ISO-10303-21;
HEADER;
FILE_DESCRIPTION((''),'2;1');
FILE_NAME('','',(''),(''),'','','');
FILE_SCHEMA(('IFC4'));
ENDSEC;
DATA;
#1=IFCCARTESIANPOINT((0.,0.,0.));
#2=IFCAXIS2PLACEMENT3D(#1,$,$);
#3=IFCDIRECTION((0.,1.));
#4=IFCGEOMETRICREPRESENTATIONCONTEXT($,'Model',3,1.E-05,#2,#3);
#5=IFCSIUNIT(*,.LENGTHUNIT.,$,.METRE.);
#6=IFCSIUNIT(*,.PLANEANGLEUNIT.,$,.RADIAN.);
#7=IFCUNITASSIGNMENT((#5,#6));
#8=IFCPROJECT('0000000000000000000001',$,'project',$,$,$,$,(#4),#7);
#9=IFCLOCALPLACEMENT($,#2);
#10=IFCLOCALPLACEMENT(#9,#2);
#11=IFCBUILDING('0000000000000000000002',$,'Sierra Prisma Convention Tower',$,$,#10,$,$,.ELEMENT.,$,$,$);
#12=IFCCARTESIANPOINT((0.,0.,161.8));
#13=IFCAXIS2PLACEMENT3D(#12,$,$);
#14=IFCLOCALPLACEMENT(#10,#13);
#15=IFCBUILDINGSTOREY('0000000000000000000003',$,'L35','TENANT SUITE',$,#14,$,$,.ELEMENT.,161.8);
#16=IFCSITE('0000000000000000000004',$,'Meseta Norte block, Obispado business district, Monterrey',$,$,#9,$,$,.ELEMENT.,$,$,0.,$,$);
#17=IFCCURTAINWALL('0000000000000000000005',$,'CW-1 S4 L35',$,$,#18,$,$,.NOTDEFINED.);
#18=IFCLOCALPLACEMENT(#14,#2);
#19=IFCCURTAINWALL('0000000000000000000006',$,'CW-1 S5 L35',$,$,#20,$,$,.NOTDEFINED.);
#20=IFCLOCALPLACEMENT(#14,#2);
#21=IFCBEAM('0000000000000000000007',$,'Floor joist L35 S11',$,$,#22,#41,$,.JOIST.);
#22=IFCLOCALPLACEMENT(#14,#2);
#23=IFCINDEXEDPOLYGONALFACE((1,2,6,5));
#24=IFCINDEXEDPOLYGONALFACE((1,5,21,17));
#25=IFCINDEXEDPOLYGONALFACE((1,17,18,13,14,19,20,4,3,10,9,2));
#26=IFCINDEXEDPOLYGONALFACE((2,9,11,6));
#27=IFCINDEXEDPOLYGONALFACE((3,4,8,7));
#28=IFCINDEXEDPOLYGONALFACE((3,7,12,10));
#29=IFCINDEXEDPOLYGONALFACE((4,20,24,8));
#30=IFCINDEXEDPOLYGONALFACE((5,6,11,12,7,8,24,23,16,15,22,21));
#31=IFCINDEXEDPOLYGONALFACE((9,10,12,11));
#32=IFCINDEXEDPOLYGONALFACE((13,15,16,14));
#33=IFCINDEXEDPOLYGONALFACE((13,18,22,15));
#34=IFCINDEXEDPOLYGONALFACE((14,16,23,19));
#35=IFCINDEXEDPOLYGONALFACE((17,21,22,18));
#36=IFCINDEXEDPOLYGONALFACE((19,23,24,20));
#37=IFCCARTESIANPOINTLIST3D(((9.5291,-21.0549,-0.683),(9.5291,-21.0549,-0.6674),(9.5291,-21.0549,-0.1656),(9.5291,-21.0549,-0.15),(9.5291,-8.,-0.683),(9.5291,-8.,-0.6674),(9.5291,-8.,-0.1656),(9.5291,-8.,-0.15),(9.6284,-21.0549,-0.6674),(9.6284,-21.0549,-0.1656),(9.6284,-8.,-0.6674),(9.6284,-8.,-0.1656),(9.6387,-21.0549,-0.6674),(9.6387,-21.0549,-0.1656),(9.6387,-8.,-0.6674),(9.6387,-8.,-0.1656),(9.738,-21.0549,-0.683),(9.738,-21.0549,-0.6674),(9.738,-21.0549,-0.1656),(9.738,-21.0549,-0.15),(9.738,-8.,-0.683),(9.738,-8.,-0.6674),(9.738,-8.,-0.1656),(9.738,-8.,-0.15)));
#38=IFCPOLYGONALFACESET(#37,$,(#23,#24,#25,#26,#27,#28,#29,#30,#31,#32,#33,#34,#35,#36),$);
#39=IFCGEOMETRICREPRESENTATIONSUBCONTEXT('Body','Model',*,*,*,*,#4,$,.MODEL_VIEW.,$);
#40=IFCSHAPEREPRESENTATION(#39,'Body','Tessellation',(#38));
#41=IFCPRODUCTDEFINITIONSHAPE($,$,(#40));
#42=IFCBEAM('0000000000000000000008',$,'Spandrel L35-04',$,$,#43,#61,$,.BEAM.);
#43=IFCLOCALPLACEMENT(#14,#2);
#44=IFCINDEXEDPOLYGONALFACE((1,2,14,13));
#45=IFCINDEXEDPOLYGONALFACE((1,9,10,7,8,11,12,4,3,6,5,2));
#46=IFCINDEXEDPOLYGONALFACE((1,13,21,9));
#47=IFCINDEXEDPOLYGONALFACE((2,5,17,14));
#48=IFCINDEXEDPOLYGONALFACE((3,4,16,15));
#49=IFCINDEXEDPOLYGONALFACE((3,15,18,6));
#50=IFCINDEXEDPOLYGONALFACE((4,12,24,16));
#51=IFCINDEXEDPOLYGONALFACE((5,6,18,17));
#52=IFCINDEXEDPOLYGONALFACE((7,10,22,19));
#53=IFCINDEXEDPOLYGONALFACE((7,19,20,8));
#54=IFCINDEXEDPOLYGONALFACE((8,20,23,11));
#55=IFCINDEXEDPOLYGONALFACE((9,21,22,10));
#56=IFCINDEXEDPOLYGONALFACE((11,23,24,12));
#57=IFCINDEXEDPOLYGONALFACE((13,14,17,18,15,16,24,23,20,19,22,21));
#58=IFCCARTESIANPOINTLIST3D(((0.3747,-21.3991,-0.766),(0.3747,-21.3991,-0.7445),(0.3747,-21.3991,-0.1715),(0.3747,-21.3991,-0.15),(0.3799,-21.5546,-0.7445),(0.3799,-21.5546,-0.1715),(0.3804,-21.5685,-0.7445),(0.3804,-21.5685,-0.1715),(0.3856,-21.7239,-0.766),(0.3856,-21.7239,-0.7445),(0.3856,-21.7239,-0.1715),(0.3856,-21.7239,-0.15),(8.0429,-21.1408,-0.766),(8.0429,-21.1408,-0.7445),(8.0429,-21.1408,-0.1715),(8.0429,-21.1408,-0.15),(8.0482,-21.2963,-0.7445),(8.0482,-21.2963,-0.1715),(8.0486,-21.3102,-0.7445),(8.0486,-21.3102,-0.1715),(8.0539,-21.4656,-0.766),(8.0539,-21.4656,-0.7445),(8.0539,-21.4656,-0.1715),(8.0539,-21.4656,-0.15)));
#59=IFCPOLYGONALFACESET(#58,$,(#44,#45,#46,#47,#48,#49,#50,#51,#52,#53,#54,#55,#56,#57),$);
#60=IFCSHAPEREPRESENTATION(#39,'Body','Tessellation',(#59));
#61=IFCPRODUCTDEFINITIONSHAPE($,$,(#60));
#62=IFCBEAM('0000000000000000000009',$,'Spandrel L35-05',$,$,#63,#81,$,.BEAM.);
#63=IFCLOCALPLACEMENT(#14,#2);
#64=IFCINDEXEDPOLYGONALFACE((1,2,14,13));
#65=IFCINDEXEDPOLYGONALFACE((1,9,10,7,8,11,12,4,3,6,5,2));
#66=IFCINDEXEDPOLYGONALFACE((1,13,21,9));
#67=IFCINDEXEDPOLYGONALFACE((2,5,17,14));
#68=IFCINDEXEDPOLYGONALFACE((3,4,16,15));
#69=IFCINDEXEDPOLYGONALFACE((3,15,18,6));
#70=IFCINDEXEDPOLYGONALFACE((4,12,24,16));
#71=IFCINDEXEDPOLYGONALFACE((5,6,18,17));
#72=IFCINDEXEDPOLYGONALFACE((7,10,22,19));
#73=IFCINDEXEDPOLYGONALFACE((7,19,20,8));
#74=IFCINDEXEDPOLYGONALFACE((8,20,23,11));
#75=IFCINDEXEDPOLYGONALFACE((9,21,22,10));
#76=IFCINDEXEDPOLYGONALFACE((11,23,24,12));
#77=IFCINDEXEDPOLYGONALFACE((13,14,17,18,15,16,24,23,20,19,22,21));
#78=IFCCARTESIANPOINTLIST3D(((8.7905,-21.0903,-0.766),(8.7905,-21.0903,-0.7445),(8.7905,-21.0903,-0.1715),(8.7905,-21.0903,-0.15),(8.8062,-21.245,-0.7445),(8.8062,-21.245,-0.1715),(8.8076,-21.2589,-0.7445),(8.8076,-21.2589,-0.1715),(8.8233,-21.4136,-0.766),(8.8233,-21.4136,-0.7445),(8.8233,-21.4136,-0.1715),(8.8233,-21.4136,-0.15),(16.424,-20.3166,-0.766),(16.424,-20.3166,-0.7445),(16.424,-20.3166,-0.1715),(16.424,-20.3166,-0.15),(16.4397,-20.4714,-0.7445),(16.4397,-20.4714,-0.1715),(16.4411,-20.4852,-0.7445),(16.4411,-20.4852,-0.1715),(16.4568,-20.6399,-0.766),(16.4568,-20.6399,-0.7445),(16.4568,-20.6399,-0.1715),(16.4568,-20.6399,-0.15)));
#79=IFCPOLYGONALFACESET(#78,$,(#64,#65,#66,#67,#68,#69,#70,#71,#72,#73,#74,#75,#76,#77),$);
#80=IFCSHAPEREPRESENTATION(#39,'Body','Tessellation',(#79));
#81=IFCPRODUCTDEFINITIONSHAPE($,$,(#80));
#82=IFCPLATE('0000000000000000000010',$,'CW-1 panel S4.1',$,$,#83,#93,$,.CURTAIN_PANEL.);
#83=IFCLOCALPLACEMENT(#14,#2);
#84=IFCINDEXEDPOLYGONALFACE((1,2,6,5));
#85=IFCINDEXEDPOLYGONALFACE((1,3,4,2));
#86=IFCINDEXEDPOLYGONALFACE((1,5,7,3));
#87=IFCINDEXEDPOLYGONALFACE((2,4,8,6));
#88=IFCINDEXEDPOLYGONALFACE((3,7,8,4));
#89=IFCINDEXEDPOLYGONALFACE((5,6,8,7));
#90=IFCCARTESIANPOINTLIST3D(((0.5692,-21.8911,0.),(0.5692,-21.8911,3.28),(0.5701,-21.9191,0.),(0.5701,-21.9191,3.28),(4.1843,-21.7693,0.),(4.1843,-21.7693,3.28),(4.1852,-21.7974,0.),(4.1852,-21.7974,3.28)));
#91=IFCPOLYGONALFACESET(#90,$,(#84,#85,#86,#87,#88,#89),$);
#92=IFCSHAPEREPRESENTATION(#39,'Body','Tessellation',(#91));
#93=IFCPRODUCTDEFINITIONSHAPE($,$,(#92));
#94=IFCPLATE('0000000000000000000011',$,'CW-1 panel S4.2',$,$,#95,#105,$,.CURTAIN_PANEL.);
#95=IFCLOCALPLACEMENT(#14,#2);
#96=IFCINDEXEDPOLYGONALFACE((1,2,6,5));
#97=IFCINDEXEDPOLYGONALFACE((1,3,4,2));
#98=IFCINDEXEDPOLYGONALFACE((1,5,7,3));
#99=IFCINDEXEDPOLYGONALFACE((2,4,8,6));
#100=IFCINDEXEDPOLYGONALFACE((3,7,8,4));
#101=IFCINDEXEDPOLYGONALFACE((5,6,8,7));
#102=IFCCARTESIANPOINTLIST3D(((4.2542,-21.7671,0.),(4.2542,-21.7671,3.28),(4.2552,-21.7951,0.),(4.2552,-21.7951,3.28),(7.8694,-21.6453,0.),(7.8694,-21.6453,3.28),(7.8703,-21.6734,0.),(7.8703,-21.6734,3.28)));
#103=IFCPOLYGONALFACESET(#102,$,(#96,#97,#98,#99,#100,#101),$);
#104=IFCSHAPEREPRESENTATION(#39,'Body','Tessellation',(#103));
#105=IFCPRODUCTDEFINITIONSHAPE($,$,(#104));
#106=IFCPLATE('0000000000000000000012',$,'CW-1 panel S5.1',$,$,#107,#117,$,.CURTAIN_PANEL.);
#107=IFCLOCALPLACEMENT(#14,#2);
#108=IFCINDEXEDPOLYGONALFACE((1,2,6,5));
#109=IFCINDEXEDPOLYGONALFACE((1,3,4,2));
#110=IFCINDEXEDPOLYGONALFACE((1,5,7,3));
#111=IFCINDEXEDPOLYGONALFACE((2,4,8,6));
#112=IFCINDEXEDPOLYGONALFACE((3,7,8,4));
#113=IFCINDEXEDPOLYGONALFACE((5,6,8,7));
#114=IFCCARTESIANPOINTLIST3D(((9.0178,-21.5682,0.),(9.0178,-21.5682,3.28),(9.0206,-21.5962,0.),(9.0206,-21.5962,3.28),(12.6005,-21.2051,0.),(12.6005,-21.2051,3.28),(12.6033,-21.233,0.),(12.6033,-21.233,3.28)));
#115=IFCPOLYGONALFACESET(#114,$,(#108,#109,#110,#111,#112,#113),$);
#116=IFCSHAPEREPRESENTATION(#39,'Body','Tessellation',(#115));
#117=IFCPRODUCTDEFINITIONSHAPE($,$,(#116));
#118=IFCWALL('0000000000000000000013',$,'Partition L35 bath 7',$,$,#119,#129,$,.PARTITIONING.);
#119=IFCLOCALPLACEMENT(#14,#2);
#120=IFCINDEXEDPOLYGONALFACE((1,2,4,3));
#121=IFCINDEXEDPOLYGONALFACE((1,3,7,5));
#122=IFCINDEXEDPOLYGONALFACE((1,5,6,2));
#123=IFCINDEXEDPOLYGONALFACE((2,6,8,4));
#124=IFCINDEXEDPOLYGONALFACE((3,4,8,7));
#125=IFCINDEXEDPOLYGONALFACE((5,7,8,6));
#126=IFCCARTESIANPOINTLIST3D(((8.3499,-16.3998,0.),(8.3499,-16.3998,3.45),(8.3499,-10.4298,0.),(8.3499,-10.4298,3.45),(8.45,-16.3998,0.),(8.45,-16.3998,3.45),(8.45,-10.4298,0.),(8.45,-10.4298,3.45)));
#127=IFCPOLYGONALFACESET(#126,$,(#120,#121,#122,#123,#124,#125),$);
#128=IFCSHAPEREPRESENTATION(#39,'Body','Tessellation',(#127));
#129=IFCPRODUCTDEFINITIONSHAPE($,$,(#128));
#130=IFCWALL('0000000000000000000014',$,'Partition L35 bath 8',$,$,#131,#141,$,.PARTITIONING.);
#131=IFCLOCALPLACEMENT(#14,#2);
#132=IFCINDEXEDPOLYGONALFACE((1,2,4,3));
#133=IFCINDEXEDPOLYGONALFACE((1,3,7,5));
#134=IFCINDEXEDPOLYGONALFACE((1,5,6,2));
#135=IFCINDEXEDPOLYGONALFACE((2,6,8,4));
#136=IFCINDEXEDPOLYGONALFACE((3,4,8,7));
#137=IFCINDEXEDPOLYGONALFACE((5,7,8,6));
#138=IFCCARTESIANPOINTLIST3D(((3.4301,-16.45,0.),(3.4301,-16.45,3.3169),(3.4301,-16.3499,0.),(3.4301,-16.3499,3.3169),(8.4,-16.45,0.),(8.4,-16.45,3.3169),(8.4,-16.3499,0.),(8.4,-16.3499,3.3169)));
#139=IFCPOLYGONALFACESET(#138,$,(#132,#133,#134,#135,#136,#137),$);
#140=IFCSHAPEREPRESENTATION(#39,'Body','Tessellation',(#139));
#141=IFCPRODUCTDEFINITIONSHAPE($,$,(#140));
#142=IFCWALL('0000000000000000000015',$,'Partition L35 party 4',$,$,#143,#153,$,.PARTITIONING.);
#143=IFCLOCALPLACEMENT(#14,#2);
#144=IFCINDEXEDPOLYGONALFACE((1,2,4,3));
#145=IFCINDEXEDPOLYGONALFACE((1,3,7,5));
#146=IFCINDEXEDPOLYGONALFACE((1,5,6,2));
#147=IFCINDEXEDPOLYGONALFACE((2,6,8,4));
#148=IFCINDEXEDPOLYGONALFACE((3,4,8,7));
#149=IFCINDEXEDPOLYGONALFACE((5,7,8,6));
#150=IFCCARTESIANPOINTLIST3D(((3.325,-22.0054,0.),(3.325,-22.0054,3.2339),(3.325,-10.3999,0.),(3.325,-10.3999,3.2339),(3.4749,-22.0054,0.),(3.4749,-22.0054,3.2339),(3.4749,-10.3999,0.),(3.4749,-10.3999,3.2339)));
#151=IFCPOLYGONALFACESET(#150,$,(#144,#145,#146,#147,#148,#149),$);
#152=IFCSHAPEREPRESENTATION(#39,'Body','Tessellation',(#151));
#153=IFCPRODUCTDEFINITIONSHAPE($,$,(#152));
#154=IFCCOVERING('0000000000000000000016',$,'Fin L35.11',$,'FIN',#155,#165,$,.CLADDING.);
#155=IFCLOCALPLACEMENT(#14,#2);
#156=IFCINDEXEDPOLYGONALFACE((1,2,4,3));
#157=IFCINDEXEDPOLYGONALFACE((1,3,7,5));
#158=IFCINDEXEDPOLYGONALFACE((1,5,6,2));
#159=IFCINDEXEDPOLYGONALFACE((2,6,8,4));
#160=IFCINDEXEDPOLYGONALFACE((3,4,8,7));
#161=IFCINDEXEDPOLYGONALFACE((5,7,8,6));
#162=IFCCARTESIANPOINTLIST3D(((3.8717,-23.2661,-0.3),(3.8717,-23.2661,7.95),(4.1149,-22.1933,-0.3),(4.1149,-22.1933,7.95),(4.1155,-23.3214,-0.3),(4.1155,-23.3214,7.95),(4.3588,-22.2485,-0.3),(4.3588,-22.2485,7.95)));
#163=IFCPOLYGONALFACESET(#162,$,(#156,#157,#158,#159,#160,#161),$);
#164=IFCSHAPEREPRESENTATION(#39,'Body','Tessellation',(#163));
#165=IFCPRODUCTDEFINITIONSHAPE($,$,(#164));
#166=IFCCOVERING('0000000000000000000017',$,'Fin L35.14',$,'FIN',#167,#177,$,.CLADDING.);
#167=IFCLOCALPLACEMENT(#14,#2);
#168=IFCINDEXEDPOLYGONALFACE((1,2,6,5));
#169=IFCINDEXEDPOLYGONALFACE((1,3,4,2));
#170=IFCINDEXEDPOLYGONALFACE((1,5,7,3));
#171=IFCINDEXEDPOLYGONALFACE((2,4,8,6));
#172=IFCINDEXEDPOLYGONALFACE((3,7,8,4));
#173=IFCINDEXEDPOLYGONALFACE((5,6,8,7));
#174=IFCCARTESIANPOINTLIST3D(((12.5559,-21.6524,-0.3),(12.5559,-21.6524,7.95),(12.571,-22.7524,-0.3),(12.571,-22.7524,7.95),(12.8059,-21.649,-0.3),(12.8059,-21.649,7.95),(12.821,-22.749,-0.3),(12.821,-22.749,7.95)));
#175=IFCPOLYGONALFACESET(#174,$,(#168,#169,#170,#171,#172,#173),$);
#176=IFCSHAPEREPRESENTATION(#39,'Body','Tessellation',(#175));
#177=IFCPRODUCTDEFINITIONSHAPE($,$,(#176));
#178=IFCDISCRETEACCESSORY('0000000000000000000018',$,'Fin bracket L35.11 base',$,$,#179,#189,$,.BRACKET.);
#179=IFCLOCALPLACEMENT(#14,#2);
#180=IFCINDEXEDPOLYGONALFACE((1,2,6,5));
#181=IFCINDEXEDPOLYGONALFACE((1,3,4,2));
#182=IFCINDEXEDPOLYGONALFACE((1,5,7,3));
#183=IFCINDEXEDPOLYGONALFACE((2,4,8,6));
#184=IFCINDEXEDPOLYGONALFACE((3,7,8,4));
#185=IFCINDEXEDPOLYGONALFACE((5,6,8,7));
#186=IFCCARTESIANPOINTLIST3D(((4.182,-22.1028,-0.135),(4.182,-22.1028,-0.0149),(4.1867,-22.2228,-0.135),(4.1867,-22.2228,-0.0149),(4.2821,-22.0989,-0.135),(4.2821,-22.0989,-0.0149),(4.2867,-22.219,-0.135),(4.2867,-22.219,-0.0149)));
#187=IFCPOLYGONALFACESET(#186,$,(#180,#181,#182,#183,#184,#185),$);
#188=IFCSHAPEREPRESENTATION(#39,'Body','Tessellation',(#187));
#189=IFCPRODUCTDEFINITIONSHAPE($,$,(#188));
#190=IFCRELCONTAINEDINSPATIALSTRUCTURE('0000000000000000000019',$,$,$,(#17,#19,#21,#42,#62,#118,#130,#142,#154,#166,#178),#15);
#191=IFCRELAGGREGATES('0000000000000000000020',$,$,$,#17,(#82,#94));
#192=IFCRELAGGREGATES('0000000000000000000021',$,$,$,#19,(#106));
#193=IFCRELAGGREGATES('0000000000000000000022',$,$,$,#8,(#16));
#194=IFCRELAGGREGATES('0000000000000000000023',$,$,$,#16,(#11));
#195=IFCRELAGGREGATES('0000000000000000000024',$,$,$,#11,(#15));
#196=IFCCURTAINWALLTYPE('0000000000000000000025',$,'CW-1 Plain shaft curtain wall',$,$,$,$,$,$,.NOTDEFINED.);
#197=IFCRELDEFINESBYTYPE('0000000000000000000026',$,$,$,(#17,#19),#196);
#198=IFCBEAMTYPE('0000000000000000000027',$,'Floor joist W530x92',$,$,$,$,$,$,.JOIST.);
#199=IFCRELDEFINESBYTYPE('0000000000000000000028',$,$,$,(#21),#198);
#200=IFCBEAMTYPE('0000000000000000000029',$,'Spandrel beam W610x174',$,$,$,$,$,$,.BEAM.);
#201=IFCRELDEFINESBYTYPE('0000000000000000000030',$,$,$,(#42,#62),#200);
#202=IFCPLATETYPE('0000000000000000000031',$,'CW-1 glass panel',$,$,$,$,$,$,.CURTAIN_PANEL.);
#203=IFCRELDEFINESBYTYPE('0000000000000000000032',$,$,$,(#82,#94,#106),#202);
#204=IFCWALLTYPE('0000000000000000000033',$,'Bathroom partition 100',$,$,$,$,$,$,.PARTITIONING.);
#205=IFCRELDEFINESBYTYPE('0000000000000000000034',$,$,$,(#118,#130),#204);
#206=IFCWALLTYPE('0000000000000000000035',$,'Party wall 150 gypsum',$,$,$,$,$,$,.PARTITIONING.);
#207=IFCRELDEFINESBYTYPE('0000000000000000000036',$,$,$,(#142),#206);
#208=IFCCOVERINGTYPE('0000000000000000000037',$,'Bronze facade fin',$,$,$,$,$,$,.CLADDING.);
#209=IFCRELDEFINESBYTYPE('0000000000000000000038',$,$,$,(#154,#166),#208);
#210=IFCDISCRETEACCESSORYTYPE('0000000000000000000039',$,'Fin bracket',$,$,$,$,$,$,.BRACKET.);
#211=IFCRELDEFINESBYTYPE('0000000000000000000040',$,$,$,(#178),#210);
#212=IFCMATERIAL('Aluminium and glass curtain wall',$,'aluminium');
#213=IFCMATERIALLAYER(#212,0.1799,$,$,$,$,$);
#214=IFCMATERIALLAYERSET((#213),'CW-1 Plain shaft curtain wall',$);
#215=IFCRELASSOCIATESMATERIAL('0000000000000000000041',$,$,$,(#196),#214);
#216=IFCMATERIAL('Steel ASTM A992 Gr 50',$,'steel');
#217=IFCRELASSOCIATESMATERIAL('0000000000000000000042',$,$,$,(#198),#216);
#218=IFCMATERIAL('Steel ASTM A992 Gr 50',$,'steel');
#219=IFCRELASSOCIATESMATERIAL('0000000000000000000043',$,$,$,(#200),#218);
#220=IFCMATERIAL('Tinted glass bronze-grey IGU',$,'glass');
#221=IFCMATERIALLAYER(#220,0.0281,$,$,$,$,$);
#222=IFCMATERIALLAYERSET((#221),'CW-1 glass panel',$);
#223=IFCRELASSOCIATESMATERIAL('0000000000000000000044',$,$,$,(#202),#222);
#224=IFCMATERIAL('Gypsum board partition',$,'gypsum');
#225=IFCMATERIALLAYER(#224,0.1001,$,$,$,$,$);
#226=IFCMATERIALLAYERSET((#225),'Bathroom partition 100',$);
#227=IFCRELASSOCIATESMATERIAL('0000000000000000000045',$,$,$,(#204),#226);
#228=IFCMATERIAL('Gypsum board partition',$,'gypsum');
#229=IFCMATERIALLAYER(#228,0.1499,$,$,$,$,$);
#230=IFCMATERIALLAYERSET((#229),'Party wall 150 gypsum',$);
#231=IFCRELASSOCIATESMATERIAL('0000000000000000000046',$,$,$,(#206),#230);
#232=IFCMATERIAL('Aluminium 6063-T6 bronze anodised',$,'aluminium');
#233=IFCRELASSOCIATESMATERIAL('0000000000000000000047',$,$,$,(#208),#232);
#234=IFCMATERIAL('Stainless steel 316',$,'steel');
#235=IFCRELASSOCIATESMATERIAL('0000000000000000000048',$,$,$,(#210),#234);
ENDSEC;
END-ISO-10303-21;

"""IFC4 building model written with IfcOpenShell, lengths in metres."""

from ifc_helpers import new_model, si_unit, direction, frame, frame_2d, origin, origin_2d, place, context, subcontext, project, spatial, rectangle, i_section, extrude, material, layer, layer_set, material_profile, profile_set, type_object, element, aggregate, save


model = new_model("IFC4")

# Units and contexts
model_context = context("Model", 3, precision=1e-05, world=origin(), true_north=direction((0.0, 1.0)))
body_context = subcontext(model_context, "Body", "Model", "MODEL_VIEW")
ifc_project = project(units=[si_unit("LENGTHUNIT", "METRE"), si_unit("PLANEANGLEUNIT", "RADIAN")], contexts=[model_context])

# Site, building, storey
site_placement = place(None, origin())
site = spatial("IfcSite", under=ifc_project, at=site_placement, Name="Meseta Norte block, Obispado business district, Monterrey", CompositionType="ELEMENT", RefElevation=0.0)
building_placement = place(site_placement, origin())
building = spatial("IfcBuilding", under=site, at=building_placement, Name="Sierra Prisma Convention Tower", CompositionType="ELEMENT")
storey_placement = place(building_placement, frame((0.0, 0.0, 161.8)))
storey = spatial("IfcBuildingStorey", under=building, at=storey_placement, Name="L35", Description="TENANT SUITE", CompositionType="ELEMENT", Elevation=161.8)

# Curtain wall
ifc_material_1 = material(Name="Aluminium and glass curtain wall", Category="aluminium")
ifc_layer_1 = layer(ifc_material_1, 0.1799)
ifc_layer_set_1 = layer_set([ifc_layer_1], Name="CW-1 Plain shaft curtain wall")
curtain_wall_type = type_object("IfcCurtainWallType", Name="CW-1 Plain shaft curtain wall", PredefinedType="NOTDEFINED", material=ifc_layer_set_1)
curtain_wall_1_placement = place(storey_placement, origin())
curtain_wall_1 = element("IfcCurtainWall", 1, at=curtain_wall_1_placement, inside=storey, type_object=curtain_wall_type, Name="CW-1 S4 L35", PredefinedType="NOTDEFINED")

# Curtain wall
curtain_wall_2_placement = place(storey_placement, origin())
curtain_wall_2 = element("IfcCurtainWall", 2, at=curtain_wall_2_placement, inside=storey, type_object=curtain_wall_type, Name="CW-1 S5 L35", PredefinedType="NOTDEFINED")

# Beams
ifc_material_2 = material(Name="Steel ASTM A992 Gr 50", Category="steel")
ifc_material_profile_1 = material_profile(ifc_material_2, i_section(OverallWidth=0.209, OverallDepth=0.533, WebThickness=0.0103, FlangeThickness=0.0156, at=origin_2d()), Name="W530x92")
ifc_profile_set_1 = profile_set([ifc_material_profile_1], Name="Steel ASTM A992 Gr 50")
beam_type_1 = type_object("IfcBeamType", Name="Floor joist W530x92", PredefinedType="JOIST", material=ifc_profile_set_1)
beam_1_placement = place(storey_placement, frame((9.6335, -21.0549, -0.4165), z_axis=(0.0, 1.0, 0.0), x_axis=(-1.0, 0.0, 0.0)))
element("IfcBeam", 3, at=beam_1_placement, inside=storey, type_object=beam_type_1, Name="Floor joist L35 S11", PredefinedType="JOIST", context=body_context, shape_type="SweptSolid", body=[
    extrude(i_section(OverallWidth=0.209, OverallDepth=0.533, WebThickness=0.0103, FlangeThickness=0.0156, at=origin_2d()), origin(), (0.0, 0.0, 1.0), 13.0549),
])
ifc_material_3 = material(Name="Steel ASTM A992 Gr 50", Category="steel")
ifc_material_profile_2 = material_profile(ifc_material_3, i_section(OverallWidth=0.325, OverallDepth=0.616, WebThickness=0.0139, FlangeThickness=0.0215, at=origin_2d()), Name="W610x174")
ifc_profile_set_2 = profile_set([ifc_material_profile_2], Name="Steel ASTM A992 Gr 50")
beam_type_2 = type_object("IfcBeamType", Name="Spandrel beam W610x174", PredefinedType="BEAM", material=ifc_profile_set_2)
for number, where, z_axis, x_axis, name in (
    (4, (0.3801, -21.5615, -0.458), (0.999433, 0.033666, 0.0), (-0.033666, 0.999433, 0.0), "Spandrel L35-04"),
    (5, (8.8069, -21.252, -0.458), (0.994903, 0.100836, 0.0), (-0.100836, 0.994903, 0.0), "Spandrel L35-05"),
):
    element("IfcBeam", number, at=place(storey_placement, frame(where, z_axis=z_axis, x_axis=x_axis)), inside=storey, type_object=beam_type_2, Name=name, PredefinedType="BEAM", context=body_context, shape_type="SweptSolid", body=[
        extrude(i_section(OverallWidth=0.325, OverallDepth=0.616, WebThickness=0.0139, FlangeThickness=0.0215, at=origin_2d()), origin(), (0.0, 0.0, 1.0), 7.6726),
    ])

# Plates
ifc_material_4 = material(Name="Tinted glass bronze-grey IGU", Category="glass")
ifc_layer_2 = layer(ifc_material_4, 0.0281)
ifc_layer_set_2 = layer_set([ifc_layer_2], Name="CW-1 glass panel")
plate_type = type_object("IfcPlateType", Name="CW-1 glass panel", PredefinedType="CURTAIN_PANEL", material=ifc_layer_set_2)
plate_1_placement = place(storey_placement, frame((2.3772, -21.8442, 0.0), z_axis=(0.0, 0.0, 1.0), x_axis=(0.999433, 0.033662, 0.0)))
plate_1 = element("IfcPlate", 6, at=plate_1_placement, type_object=plate_type, Name="CW-1 panel S4.1", PredefinedType="CURTAIN_PANEL", context=body_context, shape_type="SweptSolid", body=[
    extrude(rectangle(XDim=3.6172, YDim=0.0281, at=origin_2d()), origin(), (0.0, 0.0, 1.0), 3.28),
])
plate_2_placement = place(storey_placement, frame((6.0623, -21.7202, 0.0), z_axis=(0.0, 0.0, 1.0), x_axis=(0.999433, 0.033662, 0.0)))
plate_2 = element("IfcPlate", 7, at=plate_2_placement, type_object=plate_type, Name="CW-1 panel S4.2", PredefinedType="CURTAIN_PANEL", context=body_context, shape_type="SweptSolid", body=[
    extrude(rectangle(XDim=3.6172, YDim=0.0281, at=origin_2d()), origin(), (0.0, 0.0, 1.0), 3.28),
])
aggregate(curtain_wall_1, [plate_1, plate_2])
plate_3_placement = place(storey_placement, frame((10.8105, -21.4006, 0.0), z_axis=(0.0, 0.0, 1.0), x_axis=(0.994903, 0.100833, 0.0)))
plate_3 = element("IfcPlate", 8, at=plate_3_placement, type_object=plate_type, Name="CW-1 panel S5.1", PredefinedType="CURTAIN_PANEL", context=body_context, shape_type="SweptSolid", body=[
    extrude(rectangle(XDim=3.6011, YDim=0.0281, at=origin_2d()), origin(), (0.0, 0.0, 1.0), 3.28),
])
aggregate(curtain_wall_2, [plate_3])

# Walls
ifc_material_5 = material(Name="Gypsum board partition", Category="gypsum")
ifc_layer_3 = layer(ifc_material_5, 0.1001)
ifc_layer_set_3 = layer_set([ifc_layer_3], Name="Bathroom partition 100")
wall_type_1 = type_object("IfcWallType", Name="Bathroom partition 100", PredefinedType="PARTITIONING", material=ifc_layer_set_3)
wall_1_placement = place(storey_placement, frame((8.3999, -10.4299, 0.0), z_axis=(0.0, 0.0, 1.0), x_axis=(0.0, -1.0, 0.0)))
element("IfcWall", 9, at=wall_1_placement, inside=storey, type_object=wall_type_1, Name="Partition L35 bath 7", PredefinedType="PARTITIONING", context=body_context, shape_type="SweptSolid", body=[
    extrude(rectangle(XDim=5.97, YDim=0.1001, at=frame_2d((2.9849, 0.0))), origin(), (0.0, 0.0, 1.0), 3.45),
])
wall_2_placement = place(storey_placement, frame((8.3999, -16.3999, 0.0), z_axis=(0.0, 0.0, 1.0), x_axis=(-1.0, 0.0, 0.0)))
element("IfcWall", 10, at=wall_2_placement, inside=storey, type_object=wall_type_1, Name="Partition L35 bath 8", PredefinedType="PARTITIONING", context=body_context, shape_type="SweptSolid", body=[
    extrude(rectangle(XDim=4.97, YDim=0.1001, at=frame_2d((2.4849, 0.0))), origin(), (0.0, 0.0, 1.0), 3.3169),
])
ifc_material_6 = material(Name="Gypsum board partition", Category="gypsum")
ifc_layer_4 = layer(ifc_material_6, 0.1499)
ifc_layer_set_4 = layer_set([ifc_layer_4], Name="Party wall 150 gypsum")
wall_type_2 = type_object("IfcWallType", Name="Party wall 150 gypsum", PredefinedType="PARTITIONING", material=ifc_layer_set_4)
wall_3_placement = place(storey_placement, frame((3.3999, -10.3999, 0.0), z_axis=(0.0, 0.0, 1.0), x_axis=(0.0, -1.0, 0.0)))
element("IfcWall", 11, at=wall_3_placement, inside=storey, type_object=wall_type_2, Name="Partition L35 party 4", PredefinedType="PARTITIONING", context=body_context, shape_type="SweptSolid", body=[
    extrude(rectangle(XDim=11.6055, YDim=0.1499, at=frame_2d((5.8027, 0.0))), origin(), (0.0, 0.0, 1.0), 3.2339),
])

# Coverings
ifc_material_7 = material(Name="Aluminium 6063-T6 bronze anodised", Category="aluminium")
ifc_material_profile_3 = material_profile(ifc_material_7, rectangle(XDim=1.1001, YDim=0.25, at=origin_2d()), Name="ALU FIN 1100x250")
ifc_profile_set_3 = profile_set([ifc_material_profile_3], Name="Aluminium 6063-T6 bronze anodised")
covering_type = type_object("IfcCoveringType", Name="Bronze facade fin", PredefinedType="CLADDING", material=ifc_profile_set_3)
for number, where, z_axis, x_axis, name in (
    (12, (4.1152, -22.7573, -0.3), (0.0, 0.0, 1.0), (-0.221109, -0.975249, 0.0), "Fin L35.11"),
    (13, (12.6885, -22.2007, -0.3), (0.0, 0.0, 1.0), (0.013738, -0.999906, 0.0), "Fin L35.14"),
):
    element("IfcCovering", number, at=place(storey_placement, frame(where, z_axis=z_axis, x_axis=x_axis)), inside=storey, type_object=covering_type, Name=name, ObjectType="FIN", PredefinedType="CLADDING", context=body_context, shape_type="SweptSolid", body=[
        extrude(rectangle(XDim=1.1001, YDim=0.25, at=origin_2d()), origin(), (0.0, 0.0, 1.0), 8.25),
    ])

# Discrete accessory
ifc_material_8 = material(Name="Stainless steel 316", Category="steel")
discrete_accessory_type = type_object("IfcDiscreteAccessoryType", Name="Fin bracket", PredefinedType="BRACKET", material=ifc_material_8)
for number, where, z_axis, x_axis, name in (
    (14, (4.2344, -22.1609, -0.135), (0.0, 0.0, 1.0), (0.038838, -0.999246, 0.0), "Fin bracket L35.11 base"),
):
    element("IfcDiscreteAccessory", number, at=place(storey_placement, frame(where, z_axis=z_axis, x_axis=x_axis)), inside=storey, type_object=discrete_accessory_type, Name=name, PredefinedType="BRACKET", context=body_context, shape_type="SweptSolid", body=[
        extrude(rectangle(XDim=0.1201, YDim=0.1001, at=origin_2d()), origin(), (0.0, 0.0, 1.0), 0.1201),
    ])

save(model, "model.ifc")
